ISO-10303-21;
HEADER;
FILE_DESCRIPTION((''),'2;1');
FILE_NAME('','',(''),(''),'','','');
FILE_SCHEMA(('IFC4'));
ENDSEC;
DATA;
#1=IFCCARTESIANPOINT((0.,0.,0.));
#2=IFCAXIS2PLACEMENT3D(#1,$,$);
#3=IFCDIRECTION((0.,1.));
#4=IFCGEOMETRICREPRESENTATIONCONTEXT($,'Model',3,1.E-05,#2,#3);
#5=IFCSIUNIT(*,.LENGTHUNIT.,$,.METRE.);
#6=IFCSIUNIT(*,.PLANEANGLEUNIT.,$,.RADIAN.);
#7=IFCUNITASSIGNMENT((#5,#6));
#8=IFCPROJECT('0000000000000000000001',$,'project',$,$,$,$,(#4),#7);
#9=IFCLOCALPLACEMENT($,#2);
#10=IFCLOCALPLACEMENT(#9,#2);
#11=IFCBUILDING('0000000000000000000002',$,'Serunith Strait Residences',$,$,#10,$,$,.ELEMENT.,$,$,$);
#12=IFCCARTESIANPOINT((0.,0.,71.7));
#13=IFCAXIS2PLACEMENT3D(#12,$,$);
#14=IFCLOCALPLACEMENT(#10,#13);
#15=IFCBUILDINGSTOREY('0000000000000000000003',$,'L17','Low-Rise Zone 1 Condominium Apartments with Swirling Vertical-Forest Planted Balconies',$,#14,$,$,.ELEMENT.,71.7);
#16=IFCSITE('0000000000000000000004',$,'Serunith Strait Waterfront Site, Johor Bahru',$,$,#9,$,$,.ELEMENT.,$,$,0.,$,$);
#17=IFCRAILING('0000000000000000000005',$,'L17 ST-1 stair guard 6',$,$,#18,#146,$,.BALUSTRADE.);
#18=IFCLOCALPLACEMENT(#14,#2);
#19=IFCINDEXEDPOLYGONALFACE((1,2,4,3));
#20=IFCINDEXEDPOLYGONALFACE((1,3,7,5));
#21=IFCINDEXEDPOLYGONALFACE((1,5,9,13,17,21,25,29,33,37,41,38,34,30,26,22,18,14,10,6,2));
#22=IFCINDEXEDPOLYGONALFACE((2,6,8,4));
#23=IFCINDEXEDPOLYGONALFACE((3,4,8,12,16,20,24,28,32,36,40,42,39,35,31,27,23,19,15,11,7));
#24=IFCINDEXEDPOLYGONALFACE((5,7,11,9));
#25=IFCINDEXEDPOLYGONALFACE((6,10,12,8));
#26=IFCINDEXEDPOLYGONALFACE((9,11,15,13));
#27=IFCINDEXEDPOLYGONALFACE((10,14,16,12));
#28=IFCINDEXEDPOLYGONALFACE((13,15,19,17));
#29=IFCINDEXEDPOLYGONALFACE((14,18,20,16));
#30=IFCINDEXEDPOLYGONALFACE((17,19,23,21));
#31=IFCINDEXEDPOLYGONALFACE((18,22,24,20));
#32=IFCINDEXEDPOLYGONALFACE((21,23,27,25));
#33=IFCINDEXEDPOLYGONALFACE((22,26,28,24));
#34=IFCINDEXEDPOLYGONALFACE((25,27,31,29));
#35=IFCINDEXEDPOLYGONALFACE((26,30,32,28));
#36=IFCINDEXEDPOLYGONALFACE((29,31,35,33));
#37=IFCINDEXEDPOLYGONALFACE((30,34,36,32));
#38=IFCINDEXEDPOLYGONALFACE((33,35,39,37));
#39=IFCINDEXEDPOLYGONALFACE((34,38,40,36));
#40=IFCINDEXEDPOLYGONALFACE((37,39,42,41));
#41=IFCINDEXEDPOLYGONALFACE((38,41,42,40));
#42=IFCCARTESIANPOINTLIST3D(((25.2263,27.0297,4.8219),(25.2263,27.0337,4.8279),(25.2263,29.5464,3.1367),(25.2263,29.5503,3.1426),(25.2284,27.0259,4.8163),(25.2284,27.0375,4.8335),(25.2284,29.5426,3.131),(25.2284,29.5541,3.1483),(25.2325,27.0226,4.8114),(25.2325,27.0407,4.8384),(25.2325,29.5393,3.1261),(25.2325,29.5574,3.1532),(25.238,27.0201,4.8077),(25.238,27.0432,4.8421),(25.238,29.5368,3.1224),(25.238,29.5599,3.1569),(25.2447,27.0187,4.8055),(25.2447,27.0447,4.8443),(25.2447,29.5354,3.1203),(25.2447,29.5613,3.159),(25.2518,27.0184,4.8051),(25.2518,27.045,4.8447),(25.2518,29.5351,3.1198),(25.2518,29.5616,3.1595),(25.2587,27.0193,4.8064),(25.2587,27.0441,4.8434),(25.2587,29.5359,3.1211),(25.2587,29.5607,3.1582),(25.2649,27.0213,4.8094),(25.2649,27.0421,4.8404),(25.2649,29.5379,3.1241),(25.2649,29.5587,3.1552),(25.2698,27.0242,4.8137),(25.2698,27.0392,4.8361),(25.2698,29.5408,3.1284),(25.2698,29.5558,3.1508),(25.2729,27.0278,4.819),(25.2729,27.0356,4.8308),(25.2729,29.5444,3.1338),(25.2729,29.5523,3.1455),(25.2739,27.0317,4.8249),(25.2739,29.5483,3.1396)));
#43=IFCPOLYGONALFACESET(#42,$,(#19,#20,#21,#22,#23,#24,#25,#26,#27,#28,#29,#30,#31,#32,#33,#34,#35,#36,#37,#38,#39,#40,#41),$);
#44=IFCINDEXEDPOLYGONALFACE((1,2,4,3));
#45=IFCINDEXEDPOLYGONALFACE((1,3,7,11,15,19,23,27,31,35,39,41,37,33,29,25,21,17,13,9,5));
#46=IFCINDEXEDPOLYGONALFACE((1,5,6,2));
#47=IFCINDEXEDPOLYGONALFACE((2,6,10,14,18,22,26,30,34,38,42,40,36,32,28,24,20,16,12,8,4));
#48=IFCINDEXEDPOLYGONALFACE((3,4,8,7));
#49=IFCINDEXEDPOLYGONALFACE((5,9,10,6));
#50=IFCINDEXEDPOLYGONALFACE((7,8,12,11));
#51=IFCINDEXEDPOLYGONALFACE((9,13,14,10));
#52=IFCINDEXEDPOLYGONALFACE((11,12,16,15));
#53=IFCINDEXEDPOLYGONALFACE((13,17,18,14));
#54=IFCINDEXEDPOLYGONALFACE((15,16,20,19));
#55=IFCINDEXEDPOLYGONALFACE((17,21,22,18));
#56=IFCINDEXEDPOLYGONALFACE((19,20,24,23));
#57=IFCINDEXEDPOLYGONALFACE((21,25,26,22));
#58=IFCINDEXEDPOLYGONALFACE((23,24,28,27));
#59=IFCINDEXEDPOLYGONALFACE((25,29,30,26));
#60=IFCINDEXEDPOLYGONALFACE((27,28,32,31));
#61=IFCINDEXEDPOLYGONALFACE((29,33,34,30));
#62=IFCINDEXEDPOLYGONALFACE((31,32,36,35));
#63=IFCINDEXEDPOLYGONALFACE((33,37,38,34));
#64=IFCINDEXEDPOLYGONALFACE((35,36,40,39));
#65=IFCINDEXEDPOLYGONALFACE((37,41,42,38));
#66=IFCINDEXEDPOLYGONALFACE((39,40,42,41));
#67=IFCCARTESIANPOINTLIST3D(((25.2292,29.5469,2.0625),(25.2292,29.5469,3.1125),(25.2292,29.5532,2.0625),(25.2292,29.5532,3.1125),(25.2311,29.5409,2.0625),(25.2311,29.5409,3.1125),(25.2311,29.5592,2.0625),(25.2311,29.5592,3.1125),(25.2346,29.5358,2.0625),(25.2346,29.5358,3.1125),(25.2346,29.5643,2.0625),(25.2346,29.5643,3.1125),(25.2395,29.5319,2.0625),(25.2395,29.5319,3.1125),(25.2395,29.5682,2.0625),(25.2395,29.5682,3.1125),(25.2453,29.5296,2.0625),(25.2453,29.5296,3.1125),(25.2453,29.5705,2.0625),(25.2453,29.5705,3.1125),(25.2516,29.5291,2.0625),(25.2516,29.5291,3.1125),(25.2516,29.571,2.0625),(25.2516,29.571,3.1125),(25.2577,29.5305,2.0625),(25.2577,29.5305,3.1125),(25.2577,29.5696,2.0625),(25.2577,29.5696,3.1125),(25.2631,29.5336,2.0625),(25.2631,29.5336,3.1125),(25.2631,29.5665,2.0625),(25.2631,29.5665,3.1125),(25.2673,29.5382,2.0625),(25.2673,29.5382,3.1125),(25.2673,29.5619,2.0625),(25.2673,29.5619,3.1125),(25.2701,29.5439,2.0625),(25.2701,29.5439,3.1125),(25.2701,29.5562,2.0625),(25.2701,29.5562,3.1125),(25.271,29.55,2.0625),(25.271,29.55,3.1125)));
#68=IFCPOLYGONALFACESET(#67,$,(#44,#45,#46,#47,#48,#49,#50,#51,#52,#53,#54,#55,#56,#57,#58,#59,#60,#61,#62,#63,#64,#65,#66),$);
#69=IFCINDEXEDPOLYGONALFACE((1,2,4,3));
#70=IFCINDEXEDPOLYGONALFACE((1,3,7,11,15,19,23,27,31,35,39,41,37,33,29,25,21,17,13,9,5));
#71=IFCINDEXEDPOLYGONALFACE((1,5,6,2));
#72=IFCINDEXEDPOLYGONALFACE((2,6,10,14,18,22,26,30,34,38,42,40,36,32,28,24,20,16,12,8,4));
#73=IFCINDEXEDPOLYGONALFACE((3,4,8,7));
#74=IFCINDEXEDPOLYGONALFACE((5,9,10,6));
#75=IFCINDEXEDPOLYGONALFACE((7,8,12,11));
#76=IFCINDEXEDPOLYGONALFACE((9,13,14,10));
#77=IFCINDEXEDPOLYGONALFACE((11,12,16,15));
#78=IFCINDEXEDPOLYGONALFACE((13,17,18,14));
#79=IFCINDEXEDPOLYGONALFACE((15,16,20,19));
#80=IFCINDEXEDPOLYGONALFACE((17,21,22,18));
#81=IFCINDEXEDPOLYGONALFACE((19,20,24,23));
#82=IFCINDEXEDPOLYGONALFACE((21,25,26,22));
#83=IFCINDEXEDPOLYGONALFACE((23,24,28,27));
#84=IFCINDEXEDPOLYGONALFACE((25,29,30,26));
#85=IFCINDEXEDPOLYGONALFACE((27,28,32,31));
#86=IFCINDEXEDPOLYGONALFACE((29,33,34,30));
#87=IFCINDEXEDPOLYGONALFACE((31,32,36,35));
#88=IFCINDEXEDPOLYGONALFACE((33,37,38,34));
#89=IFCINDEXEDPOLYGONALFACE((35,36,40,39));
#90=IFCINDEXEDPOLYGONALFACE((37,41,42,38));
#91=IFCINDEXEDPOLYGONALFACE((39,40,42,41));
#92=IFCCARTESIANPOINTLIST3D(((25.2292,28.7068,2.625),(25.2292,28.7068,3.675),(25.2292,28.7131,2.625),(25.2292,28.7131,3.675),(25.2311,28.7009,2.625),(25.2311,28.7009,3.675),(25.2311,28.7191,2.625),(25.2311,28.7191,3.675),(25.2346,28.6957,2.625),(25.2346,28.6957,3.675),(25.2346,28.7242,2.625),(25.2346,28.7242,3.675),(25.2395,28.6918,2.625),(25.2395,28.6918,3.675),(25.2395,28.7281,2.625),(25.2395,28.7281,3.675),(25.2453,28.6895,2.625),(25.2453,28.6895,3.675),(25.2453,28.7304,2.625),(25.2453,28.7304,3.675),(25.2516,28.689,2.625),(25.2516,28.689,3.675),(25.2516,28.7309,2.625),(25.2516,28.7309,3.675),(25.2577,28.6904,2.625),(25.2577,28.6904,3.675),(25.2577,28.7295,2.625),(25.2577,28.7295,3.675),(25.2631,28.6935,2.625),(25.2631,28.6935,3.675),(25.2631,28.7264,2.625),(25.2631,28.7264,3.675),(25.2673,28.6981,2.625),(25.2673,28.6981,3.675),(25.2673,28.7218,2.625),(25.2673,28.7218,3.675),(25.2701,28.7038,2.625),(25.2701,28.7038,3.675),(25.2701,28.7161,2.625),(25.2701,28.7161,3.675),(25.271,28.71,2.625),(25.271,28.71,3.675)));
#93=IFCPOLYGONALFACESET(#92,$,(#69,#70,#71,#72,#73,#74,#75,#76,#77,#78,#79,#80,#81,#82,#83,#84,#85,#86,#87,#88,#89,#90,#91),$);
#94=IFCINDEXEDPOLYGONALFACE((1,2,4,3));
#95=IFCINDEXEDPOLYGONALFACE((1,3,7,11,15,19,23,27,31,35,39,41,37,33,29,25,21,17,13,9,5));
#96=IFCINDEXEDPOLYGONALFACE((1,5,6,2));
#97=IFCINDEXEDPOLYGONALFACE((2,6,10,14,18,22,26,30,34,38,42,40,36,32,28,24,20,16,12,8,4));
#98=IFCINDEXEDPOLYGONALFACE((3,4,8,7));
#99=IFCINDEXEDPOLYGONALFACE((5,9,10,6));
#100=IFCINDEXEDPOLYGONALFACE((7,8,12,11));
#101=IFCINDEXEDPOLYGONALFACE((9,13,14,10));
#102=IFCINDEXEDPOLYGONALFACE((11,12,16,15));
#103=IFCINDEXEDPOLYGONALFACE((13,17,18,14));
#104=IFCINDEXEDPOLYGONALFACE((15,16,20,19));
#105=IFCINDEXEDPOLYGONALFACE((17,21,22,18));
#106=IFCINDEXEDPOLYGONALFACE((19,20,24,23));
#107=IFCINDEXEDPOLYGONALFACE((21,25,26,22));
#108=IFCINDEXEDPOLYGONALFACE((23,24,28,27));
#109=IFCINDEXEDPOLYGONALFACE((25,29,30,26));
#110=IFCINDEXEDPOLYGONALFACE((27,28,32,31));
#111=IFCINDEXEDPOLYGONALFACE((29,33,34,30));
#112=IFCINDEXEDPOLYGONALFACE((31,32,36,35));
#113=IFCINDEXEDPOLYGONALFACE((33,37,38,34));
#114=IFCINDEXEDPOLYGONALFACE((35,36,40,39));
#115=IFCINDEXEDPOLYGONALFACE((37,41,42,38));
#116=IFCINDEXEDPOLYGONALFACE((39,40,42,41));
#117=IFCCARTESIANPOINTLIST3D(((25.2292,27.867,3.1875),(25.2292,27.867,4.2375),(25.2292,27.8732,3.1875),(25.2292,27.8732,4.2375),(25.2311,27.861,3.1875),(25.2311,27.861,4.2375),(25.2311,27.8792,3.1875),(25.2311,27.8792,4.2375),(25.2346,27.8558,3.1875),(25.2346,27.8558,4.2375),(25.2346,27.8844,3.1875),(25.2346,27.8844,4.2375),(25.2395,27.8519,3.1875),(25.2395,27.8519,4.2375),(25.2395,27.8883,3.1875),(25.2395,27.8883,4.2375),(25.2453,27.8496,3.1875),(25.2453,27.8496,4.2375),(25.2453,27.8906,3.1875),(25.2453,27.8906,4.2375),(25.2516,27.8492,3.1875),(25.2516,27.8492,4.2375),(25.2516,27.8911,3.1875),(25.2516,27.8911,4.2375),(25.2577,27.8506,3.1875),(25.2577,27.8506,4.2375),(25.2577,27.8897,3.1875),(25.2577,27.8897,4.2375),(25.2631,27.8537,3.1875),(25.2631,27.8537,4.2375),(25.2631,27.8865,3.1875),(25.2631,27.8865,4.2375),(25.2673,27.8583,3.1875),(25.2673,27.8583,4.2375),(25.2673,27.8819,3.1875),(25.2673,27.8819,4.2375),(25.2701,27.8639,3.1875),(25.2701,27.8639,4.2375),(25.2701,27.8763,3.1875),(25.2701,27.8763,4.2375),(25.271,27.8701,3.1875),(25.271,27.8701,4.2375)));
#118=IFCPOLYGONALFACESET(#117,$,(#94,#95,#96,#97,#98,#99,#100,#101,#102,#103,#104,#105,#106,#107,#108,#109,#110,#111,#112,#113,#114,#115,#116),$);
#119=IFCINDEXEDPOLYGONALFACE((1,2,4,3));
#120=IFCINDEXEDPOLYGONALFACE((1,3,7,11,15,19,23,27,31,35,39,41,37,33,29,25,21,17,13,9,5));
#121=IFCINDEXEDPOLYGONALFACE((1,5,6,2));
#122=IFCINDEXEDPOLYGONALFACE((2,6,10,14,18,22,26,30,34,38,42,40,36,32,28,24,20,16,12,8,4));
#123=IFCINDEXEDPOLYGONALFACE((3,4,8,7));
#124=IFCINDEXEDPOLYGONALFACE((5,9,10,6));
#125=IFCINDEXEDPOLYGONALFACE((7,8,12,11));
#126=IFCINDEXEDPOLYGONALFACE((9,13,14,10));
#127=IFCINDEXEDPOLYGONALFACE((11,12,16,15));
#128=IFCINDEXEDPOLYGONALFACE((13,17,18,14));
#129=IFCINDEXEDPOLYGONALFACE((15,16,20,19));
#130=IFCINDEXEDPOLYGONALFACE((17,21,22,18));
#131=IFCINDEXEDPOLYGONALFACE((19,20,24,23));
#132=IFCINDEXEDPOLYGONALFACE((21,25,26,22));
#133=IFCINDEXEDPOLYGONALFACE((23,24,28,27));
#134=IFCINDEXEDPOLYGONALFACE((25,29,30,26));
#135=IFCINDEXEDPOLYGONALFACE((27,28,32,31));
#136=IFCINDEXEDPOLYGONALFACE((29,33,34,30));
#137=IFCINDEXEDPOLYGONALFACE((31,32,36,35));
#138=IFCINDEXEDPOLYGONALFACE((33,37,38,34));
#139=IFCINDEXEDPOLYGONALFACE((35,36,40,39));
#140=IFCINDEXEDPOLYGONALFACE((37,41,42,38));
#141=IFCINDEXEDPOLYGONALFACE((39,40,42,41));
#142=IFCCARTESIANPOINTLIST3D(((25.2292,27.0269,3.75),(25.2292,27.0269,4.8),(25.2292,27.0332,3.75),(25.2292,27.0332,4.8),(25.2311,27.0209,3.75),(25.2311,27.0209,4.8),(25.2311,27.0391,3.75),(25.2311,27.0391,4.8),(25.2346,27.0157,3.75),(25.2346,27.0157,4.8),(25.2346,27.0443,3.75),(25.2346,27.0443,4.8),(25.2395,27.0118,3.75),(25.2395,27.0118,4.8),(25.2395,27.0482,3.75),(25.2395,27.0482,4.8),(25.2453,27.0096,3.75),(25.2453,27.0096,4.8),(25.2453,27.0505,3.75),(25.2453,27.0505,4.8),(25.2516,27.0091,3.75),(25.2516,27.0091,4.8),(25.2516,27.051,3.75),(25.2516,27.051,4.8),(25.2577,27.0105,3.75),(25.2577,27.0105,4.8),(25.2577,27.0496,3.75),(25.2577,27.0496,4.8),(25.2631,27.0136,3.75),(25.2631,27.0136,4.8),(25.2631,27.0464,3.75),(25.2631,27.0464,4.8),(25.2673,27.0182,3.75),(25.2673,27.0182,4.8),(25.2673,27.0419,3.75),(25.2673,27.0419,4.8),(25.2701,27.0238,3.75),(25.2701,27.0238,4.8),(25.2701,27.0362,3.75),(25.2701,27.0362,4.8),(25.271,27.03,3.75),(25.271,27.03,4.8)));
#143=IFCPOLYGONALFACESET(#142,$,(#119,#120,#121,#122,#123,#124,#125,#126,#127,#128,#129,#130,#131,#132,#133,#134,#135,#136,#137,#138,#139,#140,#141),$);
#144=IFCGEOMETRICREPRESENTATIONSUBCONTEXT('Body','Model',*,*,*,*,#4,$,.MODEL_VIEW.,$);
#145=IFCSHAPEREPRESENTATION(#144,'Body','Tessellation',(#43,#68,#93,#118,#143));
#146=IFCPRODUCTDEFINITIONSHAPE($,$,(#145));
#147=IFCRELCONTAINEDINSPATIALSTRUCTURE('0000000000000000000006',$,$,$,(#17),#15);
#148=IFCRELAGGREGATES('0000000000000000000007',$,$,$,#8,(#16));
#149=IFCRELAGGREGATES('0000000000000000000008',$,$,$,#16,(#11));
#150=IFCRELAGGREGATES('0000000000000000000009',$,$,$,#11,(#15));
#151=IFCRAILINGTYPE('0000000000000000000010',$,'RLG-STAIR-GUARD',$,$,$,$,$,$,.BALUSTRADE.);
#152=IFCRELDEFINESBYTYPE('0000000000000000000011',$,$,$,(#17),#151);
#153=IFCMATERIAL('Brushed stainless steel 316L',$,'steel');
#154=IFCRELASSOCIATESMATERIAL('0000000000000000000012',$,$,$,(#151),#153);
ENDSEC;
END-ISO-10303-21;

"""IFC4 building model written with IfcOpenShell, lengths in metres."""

from ifc_helpers import new_model, si_unit, direction, frame, origin, origin_2d, place, context, subcontext, project, spatial, circle, extrude, material, type_object, element, save


model = new_model("IFC4")

# Units and contexts
model_context = context("Model", 3, precision=1e-05, world=origin(), true_north=direction((0.0, 1.0)))
body_context = subcontext(model_context, "Body", "Model", "MODEL_VIEW")
ifc_project = project(units=[si_unit("LENGTHUNIT", "METRE"), si_unit("PLANEANGLEUNIT", "RADIAN")], contexts=[model_context])

# Site, building, storey
site_placement = place(None, origin())
site = spatial("IfcSite", under=ifc_project, at=site_placement, Name="Serunith Strait Waterfront Site, Johor Bahru", CompositionType="ELEMENT", RefElevation=0.0)
building_placement = place(site_placement, origin())
building = spatial("IfcBuilding", under=site, at=building_placement, Name="Serunith Strait Residences", CompositionType="ELEMENT")
storey_placement = place(building_placement, frame((0.0, 0.0, 71.7)))
storey = spatial("IfcBuildingStorey", under=building, at=storey_placement, Name="L17", Description="Low-Rise Zone 1 Condominium Apartments with Swirling Vertical-Forest Planted Balconies", CompositionType="ELEMENT", Elevation=71.7)

# Railing
ifc_material_1 = material(Name="Brushed stainless steel 316L", Category="steel")
railing_type_1 = type_object("IfcRailingType", Name="RLG-STAIR-GUARD", PredefinedType="BALUSTRADE", material=ifc_material_1)
railing_1_placement = place(storey_placement, frame((25.25, 29.55, 2.0625)))
element("IfcRailing", 1, at=railing_1_placement, inside=storey, type_object=railing_type_1, Name="L17 ST-1 stair guard 6", PredefinedType="BALUSTRADE", context=body_context, shape_type="SweptSolid", body=[
    extrude(circle(Radius=0.0239, at=origin_2d()), frame((0.0, -0.0017, 1.0771), z_axis=(0.0, -0.830909, 0.556408), x_axis=(1.0, 0.0, 0.0)), (0.0, 0.0, 1.0), 3.0288),
    extrude(circle(Radius=0.021, at=origin_2d()), origin(), (0.0, 0.0, 1.0), 1.05),
    extrude(circle(Radius=0.021, at=origin_2d()), frame((0.0, -0.8401, 0.5625)), (0.0, 0.0, 1.0), 1.05),
    extrude(circle(Radius=0.021, at=origin_2d()), frame((0.0, -1.6799, 1.125)), (0.0, 0.0, 1.0), 1.05),
    extrude(circle(Radius=0.021, at=origin_2d()), frame((0.0, -2.52, 1.6875)), (0.0, 0.0, 1.0), 1.05),
])

save(model, "model.ifc")
